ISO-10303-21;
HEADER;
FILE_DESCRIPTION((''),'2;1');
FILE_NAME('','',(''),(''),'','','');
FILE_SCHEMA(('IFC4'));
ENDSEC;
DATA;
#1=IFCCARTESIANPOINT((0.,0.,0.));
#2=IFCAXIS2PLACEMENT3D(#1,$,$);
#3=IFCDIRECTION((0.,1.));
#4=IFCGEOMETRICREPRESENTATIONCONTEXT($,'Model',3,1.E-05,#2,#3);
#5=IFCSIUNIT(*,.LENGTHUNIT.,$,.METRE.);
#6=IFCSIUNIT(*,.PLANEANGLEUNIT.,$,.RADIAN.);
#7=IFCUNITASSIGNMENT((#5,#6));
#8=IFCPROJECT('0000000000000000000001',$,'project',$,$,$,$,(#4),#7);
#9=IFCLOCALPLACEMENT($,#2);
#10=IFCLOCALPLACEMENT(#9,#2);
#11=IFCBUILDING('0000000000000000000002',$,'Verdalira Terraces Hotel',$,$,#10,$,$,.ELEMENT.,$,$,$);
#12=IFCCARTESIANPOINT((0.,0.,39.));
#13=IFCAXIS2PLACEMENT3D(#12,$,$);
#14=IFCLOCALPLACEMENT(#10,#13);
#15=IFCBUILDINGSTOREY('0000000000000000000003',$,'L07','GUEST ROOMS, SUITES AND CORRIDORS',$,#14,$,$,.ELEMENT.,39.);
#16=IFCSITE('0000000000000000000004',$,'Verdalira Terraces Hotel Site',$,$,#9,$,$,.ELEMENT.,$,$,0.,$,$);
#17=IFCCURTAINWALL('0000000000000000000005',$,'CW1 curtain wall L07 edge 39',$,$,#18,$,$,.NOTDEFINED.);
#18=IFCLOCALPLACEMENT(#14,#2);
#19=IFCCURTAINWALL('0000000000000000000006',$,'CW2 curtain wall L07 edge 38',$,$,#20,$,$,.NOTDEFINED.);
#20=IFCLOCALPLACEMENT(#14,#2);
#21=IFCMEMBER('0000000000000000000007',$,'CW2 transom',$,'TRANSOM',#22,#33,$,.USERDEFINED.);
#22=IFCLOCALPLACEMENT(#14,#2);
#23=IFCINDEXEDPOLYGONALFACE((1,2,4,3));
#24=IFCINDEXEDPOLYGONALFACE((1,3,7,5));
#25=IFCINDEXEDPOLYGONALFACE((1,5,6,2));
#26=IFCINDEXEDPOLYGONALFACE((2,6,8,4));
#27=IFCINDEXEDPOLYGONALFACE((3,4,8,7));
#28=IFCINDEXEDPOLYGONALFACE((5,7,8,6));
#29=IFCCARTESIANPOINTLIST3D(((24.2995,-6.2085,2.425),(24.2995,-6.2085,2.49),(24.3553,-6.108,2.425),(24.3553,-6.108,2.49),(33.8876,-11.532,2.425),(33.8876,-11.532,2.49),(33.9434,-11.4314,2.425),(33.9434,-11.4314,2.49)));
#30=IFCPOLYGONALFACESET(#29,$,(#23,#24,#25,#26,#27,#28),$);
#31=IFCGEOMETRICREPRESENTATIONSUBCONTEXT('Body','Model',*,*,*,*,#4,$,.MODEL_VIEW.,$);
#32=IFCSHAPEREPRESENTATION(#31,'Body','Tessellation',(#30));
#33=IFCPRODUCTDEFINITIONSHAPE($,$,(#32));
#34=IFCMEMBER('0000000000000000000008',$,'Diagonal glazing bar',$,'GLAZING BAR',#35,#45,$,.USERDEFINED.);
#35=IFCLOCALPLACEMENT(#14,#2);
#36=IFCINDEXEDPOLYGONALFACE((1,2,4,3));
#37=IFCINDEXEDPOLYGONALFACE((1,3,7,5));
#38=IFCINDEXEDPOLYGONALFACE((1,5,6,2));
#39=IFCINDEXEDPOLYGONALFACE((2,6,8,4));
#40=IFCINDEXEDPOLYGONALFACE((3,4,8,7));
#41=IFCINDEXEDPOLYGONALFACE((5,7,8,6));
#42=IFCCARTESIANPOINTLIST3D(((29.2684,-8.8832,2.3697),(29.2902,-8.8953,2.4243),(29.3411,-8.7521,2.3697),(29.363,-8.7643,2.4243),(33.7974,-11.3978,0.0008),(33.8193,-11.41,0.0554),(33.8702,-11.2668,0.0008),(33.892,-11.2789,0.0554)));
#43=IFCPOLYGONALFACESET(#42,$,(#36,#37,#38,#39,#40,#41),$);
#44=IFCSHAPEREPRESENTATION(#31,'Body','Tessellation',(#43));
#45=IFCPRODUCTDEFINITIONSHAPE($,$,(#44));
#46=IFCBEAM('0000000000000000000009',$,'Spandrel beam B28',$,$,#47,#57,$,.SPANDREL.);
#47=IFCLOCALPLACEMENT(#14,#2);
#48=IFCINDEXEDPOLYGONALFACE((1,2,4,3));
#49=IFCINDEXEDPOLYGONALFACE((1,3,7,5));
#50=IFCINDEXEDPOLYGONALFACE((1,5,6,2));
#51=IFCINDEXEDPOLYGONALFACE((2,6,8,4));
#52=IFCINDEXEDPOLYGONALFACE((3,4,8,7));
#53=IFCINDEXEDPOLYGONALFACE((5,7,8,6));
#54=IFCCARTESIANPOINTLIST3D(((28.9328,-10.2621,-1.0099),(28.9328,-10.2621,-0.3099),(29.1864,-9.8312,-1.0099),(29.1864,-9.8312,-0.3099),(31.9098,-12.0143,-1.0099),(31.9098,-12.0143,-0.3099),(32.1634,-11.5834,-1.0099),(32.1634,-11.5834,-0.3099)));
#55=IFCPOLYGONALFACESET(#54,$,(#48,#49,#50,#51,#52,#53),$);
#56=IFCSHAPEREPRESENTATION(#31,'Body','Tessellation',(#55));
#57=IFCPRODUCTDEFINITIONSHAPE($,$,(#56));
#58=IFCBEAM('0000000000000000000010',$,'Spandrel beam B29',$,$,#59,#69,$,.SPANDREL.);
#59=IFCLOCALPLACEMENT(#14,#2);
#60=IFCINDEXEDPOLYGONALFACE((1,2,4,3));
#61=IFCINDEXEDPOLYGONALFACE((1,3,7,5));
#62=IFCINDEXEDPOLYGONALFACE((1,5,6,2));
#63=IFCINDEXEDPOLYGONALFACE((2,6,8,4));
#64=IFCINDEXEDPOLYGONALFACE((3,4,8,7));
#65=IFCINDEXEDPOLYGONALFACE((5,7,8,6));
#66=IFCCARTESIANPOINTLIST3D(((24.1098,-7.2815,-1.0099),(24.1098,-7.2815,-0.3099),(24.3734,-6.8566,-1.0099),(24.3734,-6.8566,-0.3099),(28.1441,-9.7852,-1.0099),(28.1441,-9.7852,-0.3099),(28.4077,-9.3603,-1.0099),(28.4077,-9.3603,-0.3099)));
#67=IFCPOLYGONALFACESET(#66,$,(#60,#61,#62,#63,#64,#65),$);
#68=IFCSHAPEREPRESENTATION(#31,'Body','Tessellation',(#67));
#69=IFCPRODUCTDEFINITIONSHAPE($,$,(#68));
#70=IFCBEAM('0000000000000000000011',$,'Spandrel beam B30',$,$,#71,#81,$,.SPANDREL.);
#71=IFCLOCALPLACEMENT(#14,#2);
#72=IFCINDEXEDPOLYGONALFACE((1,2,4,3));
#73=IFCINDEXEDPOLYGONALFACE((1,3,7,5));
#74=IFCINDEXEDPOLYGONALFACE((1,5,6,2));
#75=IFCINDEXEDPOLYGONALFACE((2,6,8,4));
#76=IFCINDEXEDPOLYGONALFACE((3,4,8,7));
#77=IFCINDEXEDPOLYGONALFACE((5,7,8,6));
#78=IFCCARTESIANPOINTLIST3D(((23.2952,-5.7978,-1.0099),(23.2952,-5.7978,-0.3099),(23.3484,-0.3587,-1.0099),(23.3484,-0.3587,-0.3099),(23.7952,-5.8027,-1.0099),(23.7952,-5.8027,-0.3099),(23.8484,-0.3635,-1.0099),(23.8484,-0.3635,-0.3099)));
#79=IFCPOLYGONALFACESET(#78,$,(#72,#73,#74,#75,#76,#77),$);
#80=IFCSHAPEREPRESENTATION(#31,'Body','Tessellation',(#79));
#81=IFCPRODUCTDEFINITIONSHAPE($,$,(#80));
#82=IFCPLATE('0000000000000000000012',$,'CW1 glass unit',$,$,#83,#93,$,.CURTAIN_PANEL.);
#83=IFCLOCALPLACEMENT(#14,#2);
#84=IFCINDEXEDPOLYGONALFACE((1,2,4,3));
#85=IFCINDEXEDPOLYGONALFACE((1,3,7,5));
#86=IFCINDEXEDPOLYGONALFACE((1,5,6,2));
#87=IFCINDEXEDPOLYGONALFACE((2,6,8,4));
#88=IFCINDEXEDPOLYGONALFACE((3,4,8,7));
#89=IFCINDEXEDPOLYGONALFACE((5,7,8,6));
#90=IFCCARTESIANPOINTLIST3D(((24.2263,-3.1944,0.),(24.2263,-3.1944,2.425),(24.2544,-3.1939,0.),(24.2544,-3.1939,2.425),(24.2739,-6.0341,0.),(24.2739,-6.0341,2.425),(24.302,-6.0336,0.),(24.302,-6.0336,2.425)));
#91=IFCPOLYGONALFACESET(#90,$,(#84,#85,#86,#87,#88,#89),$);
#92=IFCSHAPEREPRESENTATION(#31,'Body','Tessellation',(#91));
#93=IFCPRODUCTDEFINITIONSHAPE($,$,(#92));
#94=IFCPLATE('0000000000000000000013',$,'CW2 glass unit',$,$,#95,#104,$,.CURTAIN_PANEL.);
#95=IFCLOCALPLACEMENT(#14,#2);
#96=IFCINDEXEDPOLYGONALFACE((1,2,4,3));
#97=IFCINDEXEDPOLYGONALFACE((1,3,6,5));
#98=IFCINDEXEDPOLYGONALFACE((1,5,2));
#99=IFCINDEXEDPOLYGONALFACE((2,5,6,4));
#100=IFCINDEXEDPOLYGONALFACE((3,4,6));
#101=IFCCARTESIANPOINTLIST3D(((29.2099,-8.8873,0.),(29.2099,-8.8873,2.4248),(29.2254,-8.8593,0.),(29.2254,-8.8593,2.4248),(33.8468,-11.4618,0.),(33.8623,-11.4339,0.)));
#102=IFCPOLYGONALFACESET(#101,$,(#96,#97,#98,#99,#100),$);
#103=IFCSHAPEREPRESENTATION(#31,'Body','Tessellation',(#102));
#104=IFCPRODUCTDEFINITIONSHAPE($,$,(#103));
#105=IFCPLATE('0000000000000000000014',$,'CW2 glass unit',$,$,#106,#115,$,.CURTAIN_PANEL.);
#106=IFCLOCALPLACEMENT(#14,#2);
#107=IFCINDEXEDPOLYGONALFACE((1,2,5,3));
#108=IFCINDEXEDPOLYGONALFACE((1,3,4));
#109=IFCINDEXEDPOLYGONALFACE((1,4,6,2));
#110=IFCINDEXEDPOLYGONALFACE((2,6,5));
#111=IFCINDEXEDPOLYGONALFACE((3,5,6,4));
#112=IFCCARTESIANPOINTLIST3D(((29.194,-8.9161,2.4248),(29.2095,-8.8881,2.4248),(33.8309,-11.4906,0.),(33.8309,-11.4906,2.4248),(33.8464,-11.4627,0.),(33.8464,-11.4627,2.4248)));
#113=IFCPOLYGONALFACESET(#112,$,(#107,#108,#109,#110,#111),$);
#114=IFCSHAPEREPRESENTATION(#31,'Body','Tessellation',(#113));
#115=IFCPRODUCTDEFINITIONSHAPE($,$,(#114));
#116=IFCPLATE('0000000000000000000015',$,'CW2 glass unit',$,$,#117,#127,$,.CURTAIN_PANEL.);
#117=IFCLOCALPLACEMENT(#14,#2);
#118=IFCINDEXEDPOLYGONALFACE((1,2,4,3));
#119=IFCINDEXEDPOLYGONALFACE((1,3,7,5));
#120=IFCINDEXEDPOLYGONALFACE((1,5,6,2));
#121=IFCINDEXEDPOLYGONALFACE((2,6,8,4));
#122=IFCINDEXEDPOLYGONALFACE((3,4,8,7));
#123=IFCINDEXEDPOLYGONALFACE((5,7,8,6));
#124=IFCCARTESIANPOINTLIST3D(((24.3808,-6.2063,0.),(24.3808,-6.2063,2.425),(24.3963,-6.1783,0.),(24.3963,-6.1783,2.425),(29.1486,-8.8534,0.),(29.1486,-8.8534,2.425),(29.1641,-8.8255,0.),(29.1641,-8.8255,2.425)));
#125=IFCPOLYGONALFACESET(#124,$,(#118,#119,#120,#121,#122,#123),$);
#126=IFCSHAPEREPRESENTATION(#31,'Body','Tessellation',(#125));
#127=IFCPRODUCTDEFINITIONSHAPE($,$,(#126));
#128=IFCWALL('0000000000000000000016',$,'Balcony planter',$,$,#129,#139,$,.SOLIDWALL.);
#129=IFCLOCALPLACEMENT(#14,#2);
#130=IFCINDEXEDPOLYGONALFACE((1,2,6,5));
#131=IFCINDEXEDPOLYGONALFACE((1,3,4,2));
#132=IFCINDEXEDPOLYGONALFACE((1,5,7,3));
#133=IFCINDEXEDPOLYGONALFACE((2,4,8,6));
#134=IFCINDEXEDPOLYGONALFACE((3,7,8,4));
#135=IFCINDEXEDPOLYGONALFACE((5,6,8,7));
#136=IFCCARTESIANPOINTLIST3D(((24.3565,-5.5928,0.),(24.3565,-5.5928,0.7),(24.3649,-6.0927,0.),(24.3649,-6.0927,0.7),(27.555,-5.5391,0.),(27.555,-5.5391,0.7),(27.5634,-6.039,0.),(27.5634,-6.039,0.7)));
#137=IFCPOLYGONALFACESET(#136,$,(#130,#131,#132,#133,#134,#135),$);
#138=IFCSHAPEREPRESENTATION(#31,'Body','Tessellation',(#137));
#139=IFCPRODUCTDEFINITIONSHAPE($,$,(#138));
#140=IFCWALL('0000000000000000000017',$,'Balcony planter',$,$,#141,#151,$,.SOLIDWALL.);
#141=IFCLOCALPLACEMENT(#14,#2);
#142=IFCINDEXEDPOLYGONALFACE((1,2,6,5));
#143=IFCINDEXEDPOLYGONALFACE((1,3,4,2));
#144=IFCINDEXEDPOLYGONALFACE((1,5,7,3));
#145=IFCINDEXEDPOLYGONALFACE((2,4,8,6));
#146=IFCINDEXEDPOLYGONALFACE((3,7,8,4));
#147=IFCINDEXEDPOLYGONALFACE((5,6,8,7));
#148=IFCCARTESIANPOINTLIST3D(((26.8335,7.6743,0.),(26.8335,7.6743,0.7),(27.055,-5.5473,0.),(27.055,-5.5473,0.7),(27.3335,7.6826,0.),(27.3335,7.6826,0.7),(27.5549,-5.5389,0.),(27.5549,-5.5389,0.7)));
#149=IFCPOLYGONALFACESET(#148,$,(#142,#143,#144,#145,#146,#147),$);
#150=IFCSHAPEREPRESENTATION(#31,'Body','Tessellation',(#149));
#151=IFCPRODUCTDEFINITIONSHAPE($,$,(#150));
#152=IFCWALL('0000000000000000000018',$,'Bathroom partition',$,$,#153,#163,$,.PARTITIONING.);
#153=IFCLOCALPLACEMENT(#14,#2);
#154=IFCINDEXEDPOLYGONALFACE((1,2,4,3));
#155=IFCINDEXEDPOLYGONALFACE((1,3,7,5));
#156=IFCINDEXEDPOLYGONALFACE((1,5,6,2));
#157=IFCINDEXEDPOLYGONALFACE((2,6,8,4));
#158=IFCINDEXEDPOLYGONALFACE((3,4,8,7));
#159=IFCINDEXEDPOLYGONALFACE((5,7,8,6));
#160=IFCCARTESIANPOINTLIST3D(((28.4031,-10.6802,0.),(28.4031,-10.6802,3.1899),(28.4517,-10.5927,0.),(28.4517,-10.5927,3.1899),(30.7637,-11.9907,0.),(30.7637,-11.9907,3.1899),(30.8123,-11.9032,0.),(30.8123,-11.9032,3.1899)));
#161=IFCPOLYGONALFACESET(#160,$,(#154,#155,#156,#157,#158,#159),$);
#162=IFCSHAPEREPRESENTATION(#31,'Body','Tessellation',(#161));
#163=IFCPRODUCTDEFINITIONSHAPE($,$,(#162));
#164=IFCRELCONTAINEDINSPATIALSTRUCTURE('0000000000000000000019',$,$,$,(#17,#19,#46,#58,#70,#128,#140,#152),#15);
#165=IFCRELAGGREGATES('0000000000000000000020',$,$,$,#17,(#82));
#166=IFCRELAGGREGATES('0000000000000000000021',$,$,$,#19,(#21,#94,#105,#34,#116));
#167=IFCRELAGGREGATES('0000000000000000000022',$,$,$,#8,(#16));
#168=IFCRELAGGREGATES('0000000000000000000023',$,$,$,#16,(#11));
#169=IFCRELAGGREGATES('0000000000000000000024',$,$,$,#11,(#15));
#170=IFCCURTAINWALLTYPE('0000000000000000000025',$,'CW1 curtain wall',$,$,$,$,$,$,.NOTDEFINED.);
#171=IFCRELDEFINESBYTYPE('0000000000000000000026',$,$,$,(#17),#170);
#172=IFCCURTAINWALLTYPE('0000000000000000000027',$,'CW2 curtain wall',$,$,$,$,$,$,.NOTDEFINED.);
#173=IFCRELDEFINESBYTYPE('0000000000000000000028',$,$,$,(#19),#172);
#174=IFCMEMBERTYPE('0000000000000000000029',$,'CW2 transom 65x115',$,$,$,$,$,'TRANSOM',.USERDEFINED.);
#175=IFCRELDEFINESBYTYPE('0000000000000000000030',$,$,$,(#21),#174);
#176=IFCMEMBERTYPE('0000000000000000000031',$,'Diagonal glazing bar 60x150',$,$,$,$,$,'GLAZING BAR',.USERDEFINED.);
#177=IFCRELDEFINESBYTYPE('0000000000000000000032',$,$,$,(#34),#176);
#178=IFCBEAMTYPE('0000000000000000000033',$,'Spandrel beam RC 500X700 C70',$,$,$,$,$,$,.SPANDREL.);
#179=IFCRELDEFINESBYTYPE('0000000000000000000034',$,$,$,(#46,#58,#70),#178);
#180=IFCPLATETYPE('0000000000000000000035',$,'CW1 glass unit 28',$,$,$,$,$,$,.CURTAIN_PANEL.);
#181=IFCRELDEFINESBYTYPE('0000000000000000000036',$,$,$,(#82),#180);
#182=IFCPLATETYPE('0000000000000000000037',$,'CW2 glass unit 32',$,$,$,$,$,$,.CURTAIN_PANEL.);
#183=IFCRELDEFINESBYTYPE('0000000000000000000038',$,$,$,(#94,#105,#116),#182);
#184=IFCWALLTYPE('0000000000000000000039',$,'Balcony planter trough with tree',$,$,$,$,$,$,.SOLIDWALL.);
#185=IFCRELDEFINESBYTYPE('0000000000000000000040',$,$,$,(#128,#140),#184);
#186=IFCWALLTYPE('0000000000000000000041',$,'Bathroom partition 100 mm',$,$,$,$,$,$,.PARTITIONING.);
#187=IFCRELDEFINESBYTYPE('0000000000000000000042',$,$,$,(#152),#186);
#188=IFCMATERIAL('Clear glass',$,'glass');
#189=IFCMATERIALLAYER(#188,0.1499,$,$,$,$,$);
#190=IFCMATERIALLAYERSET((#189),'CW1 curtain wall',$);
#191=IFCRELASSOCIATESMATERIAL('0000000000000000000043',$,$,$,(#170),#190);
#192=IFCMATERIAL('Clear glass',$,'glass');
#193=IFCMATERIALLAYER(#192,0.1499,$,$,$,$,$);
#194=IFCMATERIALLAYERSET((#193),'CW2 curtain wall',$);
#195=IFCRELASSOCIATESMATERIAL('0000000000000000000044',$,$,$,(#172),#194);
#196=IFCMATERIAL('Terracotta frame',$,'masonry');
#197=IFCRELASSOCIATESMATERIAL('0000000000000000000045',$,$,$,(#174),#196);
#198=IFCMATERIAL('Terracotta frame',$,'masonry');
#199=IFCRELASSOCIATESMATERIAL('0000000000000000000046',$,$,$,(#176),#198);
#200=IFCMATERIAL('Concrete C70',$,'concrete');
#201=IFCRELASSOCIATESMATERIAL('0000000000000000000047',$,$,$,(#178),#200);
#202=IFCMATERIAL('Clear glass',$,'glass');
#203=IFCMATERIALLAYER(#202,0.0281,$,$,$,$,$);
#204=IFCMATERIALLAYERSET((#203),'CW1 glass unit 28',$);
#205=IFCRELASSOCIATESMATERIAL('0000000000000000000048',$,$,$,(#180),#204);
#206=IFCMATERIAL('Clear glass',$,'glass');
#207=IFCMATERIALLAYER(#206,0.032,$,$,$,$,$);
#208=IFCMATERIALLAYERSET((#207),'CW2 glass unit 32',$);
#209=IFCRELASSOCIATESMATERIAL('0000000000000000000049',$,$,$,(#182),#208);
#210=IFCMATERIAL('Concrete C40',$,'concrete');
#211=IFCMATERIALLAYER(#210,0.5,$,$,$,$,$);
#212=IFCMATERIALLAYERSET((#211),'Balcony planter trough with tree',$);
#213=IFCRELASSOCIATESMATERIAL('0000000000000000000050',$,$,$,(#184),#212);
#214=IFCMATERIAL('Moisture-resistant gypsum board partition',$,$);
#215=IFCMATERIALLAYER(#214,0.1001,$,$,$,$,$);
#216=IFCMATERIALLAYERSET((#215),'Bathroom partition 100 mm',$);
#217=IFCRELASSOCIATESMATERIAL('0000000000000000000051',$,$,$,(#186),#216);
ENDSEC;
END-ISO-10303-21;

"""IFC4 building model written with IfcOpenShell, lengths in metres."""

from ifc_helpers import new_model, si_unit, direction, frame, frame_2d, origin, origin_2d, place, context, subcontext, project, spatial, polyline, rectangle, outline, extrude, material, layer, layer_set, material_profile, profile_set, type_object, element, aggregate, save


model = new_model("IFC4")

# Units and contexts
model_context = context("Model", 3, precision=1e-05, world=origin(), true_north=direction((0.0, 1.0)))
body_context = subcontext(model_context, "Body", "Model", "MODEL_VIEW")
ifc_project = project(units=[si_unit("LENGTHUNIT", "METRE"), si_unit("PLANEANGLEUNIT", "RADIAN")], contexts=[model_context])

# Site, building, storey
site_placement = place(None, origin())
site = spatial("IfcSite", under=ifc_project, at=site_placement, Name="Verdalira Terraces Hotel Site", CompositionType="ELEMENT", RefElevation=0.0)
building_placement = place(site_placement, origin())
building = spatial("IfcBuilding", under=site, at=building_placement, Name="Verdalira Terraces Hotel", CompositionType="ELEMENT")
storey_placement = place(building_placement, frame((0.0, 0.0, 39.0)))
storey = spatial("IfcBuildingStorey", under=building, at=storey_placement, Name="L07", Description="GUEST ROOMS, SUITES AND CORRIDORS", CompositionType="ELEMENT", Elevation=39.0)

# Curtain walls, members
ifc_material_1 = material(Name="Clear glass", Category="glass")
ifc_layer_1 = layer(ifc_material_1, 0.1499)
ifc_layer_set_1 = layer_set([ifc_layer_1], Name="CW1 curtain wall")
curtain_wall_type_1 = type_object("IfcCurtainWallType", Name="CW1 curtain wall", PredefinedType="NOTDEFINED", material=ifc_layer_set_1)
curtain_wall_1_placement = place(storey_placement, origin())
curtain_wall_1 = element("IfcCurtainWall", 1, at=curtain_wall_1_placement, inside=storey, type_object=curtain_wall_type_1, Name="CW1 curtain wall L07 edge 39", PredefinedType="NOTDEFINED")
ifc_material_2 = material(Name="Clear glass", Category="glass")
ifc_layer_2 = layer(ifc_material_2, 0.1499)
ifc_layer_set_2 = layer_set([ifc_layer_2], Name="CW2 curtain wall")
curtain_wall_type_2 = type_object("IfcCurtainWallType", Name="CW2 curtain wall", PredefinedType="NOTDEFINED", material=ifc_layer_set_2)
curtain_wall_2_placement = place(storey_placement, origin())
curtain_wall_2 = element("IfcCurtainWall", 2, at=curtain_wall_2_placement, inside=storey, type_object=curtain_wall_type_2, Name="CW2 curtain wall L07 edge 38", PredefinedType="NOTDEFINED")
ifc_material_3 = material(Name="Terracotta frame", Category="masonry")
ifc_material_profile_1 = material_profile(ifc_material_3, rectangle(XDim=0.115, YDim=0.0649, at=origin_2d()), Name="TR 65x115")
ifc_profile_set_1 = profile_set([ifc_material_profile_1], Name="Terracotta frame")
member_type_1 = type_object("IfcMemberType", Name="CW2 transom 65x115", ElementType="TRANSOM", PredefinedType="USERDEFINED", material=ifc_profile_set_1)
member_1_placement = place(storey_placement, frame((33.9155, -11.4817, 2.4575), z_axis=(-0.874283, 0.485416, 0.0), x_axis=(-0.485416, -0.874283, 0.0)))
member_1 = element("IfcMember", 3, at=member_1_placement, type_object=member_type_1, Name="CW2 transom", ObjectType="TRANSOM", PredefinedType="USERDEFINED", context=body_context, shape_type="SweptSolid", body=[
    extrude(rectangle(XDim=0.115, YDim=0.0649, at=origin_2d()), origin(), (0.0, 0.0, 1.0), 10.9668),
])
ifc_material_4 = material(Name="Terracotta frame", Category="masonry")
ifc_material_profile_2 = material_profile(ifc_material_4, rectangle(XDim=0.1499, YDim=0.0601, at=origin_2d()), Name="GB 60x150")
ifc_profile_set_2 = profile_set([ifc_material_profile_2], Name="Terracotta frame")
member_type_2 = type_object("IfcMemberType", Name="Diagonal glazing bar 60x150", ElementType="GLAZING BAR", PredefinedType="USERDEFINED", material=ifc_profile_set_2)
member_2_placement = place(storey_placement, frame((33.8447, -11.3384, 0.0281), z_axis=(-0.795092, 0.441456, 0.415868), x_axis=(-0.485423, -0.87428, 0.0)))
member_2 = element("IfcMember", 4, at=member_2_placement, type_object=member_type_2, Name="Diagonal glazing bar", ObjectType="GLAZING BAR", PredefinedType="USERDEFINED", context=body_context, shape_type="SweptSolid", body=[
    extrude(rectangle(XDim=0.1499, YDim=0.0601, at=origin_2d()), origin(), (0.0, 0.0, 1.0), 5.6963),
])

# Beams
ifc_material_5 = material(Name="Concrete C70", Category="concrete")
ifc_material_profile_3 = material_profile(ifc_material_5, rectangle(XDim=0.5, YDim=0.7, at=origin_2d()), Name="RC 500X700")
ifc_profile_set_3 = profile_set([ifc_material_profile_3], Name="Concrete C70")
beam_type_1 = type_object("IfcBeamType", Name="Spandrel beam RC 500X700 C70", PredefinedType="SPANDREL", material=ifc_profile_set_3)
beam_1_placement = place(storey_placement, frame((32.0366, -11.7988, -0.6599), z_axis=(-0.861809, 0.507233, 0.0), x_axis=(-0.507233, -0.861809, 0.0)))
element("IfcBeam", 5, at=beam_1_placement, inside=storey, type_object=beam_type_1, Name="Spandrel beam B28", PredefinedType="SPANDREL", context=body_context, shape_type="SweptSolid", body=[
    extrude(rectangle(XDim=0.5, YDim=0.7, at=origin_2d()), origin(), (0.0, 0.0, 1.0), 3.4543),
])
beam_2_placement = place(storey_placement, frame((28.2759, -9.5728, -0.6599), z_axis=(-0.84967, 0.527316, 0.0), x_axis=(-0.527316, -0.84967, 0.0)))
element("IfcBeam", 6, at=beam_2_placement, inside=storey, type_object=beam_type_1, Name="Spandrel beam B29", PredefinedType="SPANDREL", context=body_context, shape_type="SweptSolid", body=[
    extrude(rectangle(XDim=0.5, YDim=0.7, at=origin_2d()), origin(), (0.0, 0.0, 1.0), 4.748),
])
beam_3_placement = place(storey_placement, frame((23.5452, -5.8003, -0.6599), z_axis=(0.009785, 0.999952, 0.0), x_axis=(-0.999952, 0.009785, 0.0)))
element("IfcBeam", 7, at=beam_3_placement, inside=storey, type_object=beam_type_1, Name="Spandrel beam B30", PredefinedType="SPANDREL", context=body_context, shape_type="SweptSolid", body=[
    extrude(rectangle(XDim=0.5, YDim=0.7, at=origin_2d()), origin(), (0.0, 0.0, 1.0), 5.4395),
])

# Plates
ifc_material_6 = material(Name="Clear glass", Category="glass")
ifc_layer_3 = layer(ifc_material_6, 0.0281)
ifc_layer_set_3 = layer_set([ifc_layer_3], Name="CW1 glass unit 28")
plate_type_1 = type_object("IfcPlateType", Name="CW1 glass unit 28", PredefinedType="CURTAIN_PANEL", material=ifc_layer_set_3)
plate_1_placement = place(storey_placement, frame((24.2642, -4.614, 0.0), z_axis=(0.0, 0.0, 1.0), x_axis=(-0.016754, 0.99986, 0.0)))
plate_1 = element("IfcPlate", 8, at=plate_1_placement, type_object=plate_type_1, Name="CW1 glass unit", PredefinedType="CURTAIN_PANEL", context=body_context, shape_type="SweptSolid", body=[
    extrude(rectangle(XDim=2.8401, YDim=0.0281, at=origin_2d()), origin(), (0.0, 0.0, 1.0), 2.425),
])
aggregate(curtain_wall_1, [plate_1])
ifc_material_7 = material(Name="Clear glass", Category="glass")
ifc_layer_4 = layer(ifc_material_7, 0.032)
ifc_layer_set_4 = layer_set([ifc_layer_4], Name="CW2 glass unit 32")
plate_type_2 = type_object("IfcPlateType", Name="CW2 glass unit 32", PredefinedType="CURTAIN_PANEL", material=ifc_layer_set_4)
plate_2_placement = place(storey_placement, frame((31.5283, -10.1746, 1.2124), z_axis=(0.48542, 0.874281, 0.0), x_axis=(-0.874281, 0.48542, 0.0)))
plate_2 = element("IfcPlate", 9, at=plate_2_placement, type_object=plate_type_2, Name="CW2 glass unit", PredefinedType="CURTAIN_PANEL", context=body_context, shape_type="SweptSolid", body=[
    extrude(outline(polyline([(-2.6519, -1.2124), (2.6519, -1.2124), (2.6519, 1.2124), (-2.6519, -1.2124)])), origin(), (0.0, 0.0, 1.0), 0.032),
])
plate_3_placement = place(storey_placement, frame((31.5125, -10.2034, 1.2124), z_axis=(0.48542, 0.874281, 0.0), x_axis=(-0.874281, 0.48542, 0.0)))
plate_3 = element("IfcPlate", 10, at=plate_3_placement, type_object=plate_type_2, Name="CW2 glass unit", PredefinedType="CURTAIN_PANEL", context=body_context, shape_type="SweptSolid", body=[
    extrude(outline(polyline([(-2.6519, -1.2124), (2.6519, 1.2124), (-2.6519, 1.2124), (-2.6519, -1.2124)])), origin(), (0.0, 0.0, 1.0), 0.032),
])
plate_4_placement = place(storey_placement, frame((26.7725, -7.5159, 0.0), z_axis=(0.0, 0.0, 1.0), x_axis=(-0.874281, 0.48542, 0.0)))
plate_4 = element("IfcPlate", 11, at=plate_4_placement, type_object=plate_type_2, Name="CW2 glass unit", PredefinedType="CURTAIN_PANEL", context=body_context, shape_type="SweptSolid", body=[
    extrude(rectangle(XDim=5.4534, YDim=0.032, at=origin_2d()), origin(), (0.0, 0.0, 1.0), 2.425),
])
aggregate(curtain_wall_2, [member_1, plate_2, plate_3, member_2, plate_4])

# Walls
ifc_material_8 = material(Name="Concrete C40", Category="concrete")
ifc_layer_5 = layer(ifc_material_8, 0.5)
ifc_layer_set_5 = layer_set([ifc_layer_5], Name="Balcony planter trough with tree")
wall_type_1 = type_object("IfcWallType", Name="Balcony planter trough with tree", PredefinedType="SOLIDWALL", material=ifc_layer_set_5)
wall_1_placement = place(storey_placement, frame((24.3606, -5.8428, 0.0), z_axis=(0.0, 0.0, 1.0), x_axis=(0.999859, 0.01679, 0.0)))
element("IfcWall", 12, at=wall_1_placement, inside=storey, type_object=wall_type_1, Name="Balcony planter", PredefinedType="SOLIDWALL", context=body_context, shape_type="SweptSolid", body=[
    extrude(rectangle(XDim=3.199, YDim=0.5, at=frame_2d((1.5996, 0.0))), origin(), (0.0, 0.0, 1.0), 0.7),
])
wall_2_placement = place(storey_placement, frame((27.3049, -5.5432, 0.0), z_axis=(0.0, 0.0, 1.0), x_axis=(-0.016746, 0.99986, 0.0)))
element("IfcWall", 13, at=wall_2_placement, inside=storey, type_object=wall_type_1, Name="Balcony planter", PredefinedType="SOLIDWALL", context=body_context, shape_type="SweptSolid", body=[
    extrude(rectangle(XDim=13.2234, YDim=0.5, at=frame_2d((6.6118, 0.0))), origin(), (0.0, 0.0, 1.0), 0.7),
])
ifc_material_9 = material(Name="Moisture-resistant gypsum board partition")
ifc_layer_6 = layer(ifc_material_9, 0.1001)
ifc_layer_set_6 = layer_set([ifc_layer_6], Name="Bathroom partition 100 mm")
wall_type_2 = type_object("IfcWallType", Name="Bathroom partition 100 mm", PredefinedType="PARTITIONING", material=ifc_layer_set_6)
wall_3_placement = place(storey_placement, frame((30.7881, -11.947, 0.0), z_axis=(0.0, 0.0, 1.0), x_axis=(-0.874298, 0.48539, 0.0)))
element("IfcWall", 14, at=wall_3_placement, inside=storey, type_object=wall_type_2, Name="Bathroom partition", PredefinedType="PARTITIONING", context=body_context, shape_type="SweptSolid", body=[
    extrude(rectangle(XDim=2.7, YDim=0.1001, at=frame_2d((1.3501, 0.0))), origin(), (0.0, 0.0, 1.0), 3.1899),
])

save(model, "model.ifc")
